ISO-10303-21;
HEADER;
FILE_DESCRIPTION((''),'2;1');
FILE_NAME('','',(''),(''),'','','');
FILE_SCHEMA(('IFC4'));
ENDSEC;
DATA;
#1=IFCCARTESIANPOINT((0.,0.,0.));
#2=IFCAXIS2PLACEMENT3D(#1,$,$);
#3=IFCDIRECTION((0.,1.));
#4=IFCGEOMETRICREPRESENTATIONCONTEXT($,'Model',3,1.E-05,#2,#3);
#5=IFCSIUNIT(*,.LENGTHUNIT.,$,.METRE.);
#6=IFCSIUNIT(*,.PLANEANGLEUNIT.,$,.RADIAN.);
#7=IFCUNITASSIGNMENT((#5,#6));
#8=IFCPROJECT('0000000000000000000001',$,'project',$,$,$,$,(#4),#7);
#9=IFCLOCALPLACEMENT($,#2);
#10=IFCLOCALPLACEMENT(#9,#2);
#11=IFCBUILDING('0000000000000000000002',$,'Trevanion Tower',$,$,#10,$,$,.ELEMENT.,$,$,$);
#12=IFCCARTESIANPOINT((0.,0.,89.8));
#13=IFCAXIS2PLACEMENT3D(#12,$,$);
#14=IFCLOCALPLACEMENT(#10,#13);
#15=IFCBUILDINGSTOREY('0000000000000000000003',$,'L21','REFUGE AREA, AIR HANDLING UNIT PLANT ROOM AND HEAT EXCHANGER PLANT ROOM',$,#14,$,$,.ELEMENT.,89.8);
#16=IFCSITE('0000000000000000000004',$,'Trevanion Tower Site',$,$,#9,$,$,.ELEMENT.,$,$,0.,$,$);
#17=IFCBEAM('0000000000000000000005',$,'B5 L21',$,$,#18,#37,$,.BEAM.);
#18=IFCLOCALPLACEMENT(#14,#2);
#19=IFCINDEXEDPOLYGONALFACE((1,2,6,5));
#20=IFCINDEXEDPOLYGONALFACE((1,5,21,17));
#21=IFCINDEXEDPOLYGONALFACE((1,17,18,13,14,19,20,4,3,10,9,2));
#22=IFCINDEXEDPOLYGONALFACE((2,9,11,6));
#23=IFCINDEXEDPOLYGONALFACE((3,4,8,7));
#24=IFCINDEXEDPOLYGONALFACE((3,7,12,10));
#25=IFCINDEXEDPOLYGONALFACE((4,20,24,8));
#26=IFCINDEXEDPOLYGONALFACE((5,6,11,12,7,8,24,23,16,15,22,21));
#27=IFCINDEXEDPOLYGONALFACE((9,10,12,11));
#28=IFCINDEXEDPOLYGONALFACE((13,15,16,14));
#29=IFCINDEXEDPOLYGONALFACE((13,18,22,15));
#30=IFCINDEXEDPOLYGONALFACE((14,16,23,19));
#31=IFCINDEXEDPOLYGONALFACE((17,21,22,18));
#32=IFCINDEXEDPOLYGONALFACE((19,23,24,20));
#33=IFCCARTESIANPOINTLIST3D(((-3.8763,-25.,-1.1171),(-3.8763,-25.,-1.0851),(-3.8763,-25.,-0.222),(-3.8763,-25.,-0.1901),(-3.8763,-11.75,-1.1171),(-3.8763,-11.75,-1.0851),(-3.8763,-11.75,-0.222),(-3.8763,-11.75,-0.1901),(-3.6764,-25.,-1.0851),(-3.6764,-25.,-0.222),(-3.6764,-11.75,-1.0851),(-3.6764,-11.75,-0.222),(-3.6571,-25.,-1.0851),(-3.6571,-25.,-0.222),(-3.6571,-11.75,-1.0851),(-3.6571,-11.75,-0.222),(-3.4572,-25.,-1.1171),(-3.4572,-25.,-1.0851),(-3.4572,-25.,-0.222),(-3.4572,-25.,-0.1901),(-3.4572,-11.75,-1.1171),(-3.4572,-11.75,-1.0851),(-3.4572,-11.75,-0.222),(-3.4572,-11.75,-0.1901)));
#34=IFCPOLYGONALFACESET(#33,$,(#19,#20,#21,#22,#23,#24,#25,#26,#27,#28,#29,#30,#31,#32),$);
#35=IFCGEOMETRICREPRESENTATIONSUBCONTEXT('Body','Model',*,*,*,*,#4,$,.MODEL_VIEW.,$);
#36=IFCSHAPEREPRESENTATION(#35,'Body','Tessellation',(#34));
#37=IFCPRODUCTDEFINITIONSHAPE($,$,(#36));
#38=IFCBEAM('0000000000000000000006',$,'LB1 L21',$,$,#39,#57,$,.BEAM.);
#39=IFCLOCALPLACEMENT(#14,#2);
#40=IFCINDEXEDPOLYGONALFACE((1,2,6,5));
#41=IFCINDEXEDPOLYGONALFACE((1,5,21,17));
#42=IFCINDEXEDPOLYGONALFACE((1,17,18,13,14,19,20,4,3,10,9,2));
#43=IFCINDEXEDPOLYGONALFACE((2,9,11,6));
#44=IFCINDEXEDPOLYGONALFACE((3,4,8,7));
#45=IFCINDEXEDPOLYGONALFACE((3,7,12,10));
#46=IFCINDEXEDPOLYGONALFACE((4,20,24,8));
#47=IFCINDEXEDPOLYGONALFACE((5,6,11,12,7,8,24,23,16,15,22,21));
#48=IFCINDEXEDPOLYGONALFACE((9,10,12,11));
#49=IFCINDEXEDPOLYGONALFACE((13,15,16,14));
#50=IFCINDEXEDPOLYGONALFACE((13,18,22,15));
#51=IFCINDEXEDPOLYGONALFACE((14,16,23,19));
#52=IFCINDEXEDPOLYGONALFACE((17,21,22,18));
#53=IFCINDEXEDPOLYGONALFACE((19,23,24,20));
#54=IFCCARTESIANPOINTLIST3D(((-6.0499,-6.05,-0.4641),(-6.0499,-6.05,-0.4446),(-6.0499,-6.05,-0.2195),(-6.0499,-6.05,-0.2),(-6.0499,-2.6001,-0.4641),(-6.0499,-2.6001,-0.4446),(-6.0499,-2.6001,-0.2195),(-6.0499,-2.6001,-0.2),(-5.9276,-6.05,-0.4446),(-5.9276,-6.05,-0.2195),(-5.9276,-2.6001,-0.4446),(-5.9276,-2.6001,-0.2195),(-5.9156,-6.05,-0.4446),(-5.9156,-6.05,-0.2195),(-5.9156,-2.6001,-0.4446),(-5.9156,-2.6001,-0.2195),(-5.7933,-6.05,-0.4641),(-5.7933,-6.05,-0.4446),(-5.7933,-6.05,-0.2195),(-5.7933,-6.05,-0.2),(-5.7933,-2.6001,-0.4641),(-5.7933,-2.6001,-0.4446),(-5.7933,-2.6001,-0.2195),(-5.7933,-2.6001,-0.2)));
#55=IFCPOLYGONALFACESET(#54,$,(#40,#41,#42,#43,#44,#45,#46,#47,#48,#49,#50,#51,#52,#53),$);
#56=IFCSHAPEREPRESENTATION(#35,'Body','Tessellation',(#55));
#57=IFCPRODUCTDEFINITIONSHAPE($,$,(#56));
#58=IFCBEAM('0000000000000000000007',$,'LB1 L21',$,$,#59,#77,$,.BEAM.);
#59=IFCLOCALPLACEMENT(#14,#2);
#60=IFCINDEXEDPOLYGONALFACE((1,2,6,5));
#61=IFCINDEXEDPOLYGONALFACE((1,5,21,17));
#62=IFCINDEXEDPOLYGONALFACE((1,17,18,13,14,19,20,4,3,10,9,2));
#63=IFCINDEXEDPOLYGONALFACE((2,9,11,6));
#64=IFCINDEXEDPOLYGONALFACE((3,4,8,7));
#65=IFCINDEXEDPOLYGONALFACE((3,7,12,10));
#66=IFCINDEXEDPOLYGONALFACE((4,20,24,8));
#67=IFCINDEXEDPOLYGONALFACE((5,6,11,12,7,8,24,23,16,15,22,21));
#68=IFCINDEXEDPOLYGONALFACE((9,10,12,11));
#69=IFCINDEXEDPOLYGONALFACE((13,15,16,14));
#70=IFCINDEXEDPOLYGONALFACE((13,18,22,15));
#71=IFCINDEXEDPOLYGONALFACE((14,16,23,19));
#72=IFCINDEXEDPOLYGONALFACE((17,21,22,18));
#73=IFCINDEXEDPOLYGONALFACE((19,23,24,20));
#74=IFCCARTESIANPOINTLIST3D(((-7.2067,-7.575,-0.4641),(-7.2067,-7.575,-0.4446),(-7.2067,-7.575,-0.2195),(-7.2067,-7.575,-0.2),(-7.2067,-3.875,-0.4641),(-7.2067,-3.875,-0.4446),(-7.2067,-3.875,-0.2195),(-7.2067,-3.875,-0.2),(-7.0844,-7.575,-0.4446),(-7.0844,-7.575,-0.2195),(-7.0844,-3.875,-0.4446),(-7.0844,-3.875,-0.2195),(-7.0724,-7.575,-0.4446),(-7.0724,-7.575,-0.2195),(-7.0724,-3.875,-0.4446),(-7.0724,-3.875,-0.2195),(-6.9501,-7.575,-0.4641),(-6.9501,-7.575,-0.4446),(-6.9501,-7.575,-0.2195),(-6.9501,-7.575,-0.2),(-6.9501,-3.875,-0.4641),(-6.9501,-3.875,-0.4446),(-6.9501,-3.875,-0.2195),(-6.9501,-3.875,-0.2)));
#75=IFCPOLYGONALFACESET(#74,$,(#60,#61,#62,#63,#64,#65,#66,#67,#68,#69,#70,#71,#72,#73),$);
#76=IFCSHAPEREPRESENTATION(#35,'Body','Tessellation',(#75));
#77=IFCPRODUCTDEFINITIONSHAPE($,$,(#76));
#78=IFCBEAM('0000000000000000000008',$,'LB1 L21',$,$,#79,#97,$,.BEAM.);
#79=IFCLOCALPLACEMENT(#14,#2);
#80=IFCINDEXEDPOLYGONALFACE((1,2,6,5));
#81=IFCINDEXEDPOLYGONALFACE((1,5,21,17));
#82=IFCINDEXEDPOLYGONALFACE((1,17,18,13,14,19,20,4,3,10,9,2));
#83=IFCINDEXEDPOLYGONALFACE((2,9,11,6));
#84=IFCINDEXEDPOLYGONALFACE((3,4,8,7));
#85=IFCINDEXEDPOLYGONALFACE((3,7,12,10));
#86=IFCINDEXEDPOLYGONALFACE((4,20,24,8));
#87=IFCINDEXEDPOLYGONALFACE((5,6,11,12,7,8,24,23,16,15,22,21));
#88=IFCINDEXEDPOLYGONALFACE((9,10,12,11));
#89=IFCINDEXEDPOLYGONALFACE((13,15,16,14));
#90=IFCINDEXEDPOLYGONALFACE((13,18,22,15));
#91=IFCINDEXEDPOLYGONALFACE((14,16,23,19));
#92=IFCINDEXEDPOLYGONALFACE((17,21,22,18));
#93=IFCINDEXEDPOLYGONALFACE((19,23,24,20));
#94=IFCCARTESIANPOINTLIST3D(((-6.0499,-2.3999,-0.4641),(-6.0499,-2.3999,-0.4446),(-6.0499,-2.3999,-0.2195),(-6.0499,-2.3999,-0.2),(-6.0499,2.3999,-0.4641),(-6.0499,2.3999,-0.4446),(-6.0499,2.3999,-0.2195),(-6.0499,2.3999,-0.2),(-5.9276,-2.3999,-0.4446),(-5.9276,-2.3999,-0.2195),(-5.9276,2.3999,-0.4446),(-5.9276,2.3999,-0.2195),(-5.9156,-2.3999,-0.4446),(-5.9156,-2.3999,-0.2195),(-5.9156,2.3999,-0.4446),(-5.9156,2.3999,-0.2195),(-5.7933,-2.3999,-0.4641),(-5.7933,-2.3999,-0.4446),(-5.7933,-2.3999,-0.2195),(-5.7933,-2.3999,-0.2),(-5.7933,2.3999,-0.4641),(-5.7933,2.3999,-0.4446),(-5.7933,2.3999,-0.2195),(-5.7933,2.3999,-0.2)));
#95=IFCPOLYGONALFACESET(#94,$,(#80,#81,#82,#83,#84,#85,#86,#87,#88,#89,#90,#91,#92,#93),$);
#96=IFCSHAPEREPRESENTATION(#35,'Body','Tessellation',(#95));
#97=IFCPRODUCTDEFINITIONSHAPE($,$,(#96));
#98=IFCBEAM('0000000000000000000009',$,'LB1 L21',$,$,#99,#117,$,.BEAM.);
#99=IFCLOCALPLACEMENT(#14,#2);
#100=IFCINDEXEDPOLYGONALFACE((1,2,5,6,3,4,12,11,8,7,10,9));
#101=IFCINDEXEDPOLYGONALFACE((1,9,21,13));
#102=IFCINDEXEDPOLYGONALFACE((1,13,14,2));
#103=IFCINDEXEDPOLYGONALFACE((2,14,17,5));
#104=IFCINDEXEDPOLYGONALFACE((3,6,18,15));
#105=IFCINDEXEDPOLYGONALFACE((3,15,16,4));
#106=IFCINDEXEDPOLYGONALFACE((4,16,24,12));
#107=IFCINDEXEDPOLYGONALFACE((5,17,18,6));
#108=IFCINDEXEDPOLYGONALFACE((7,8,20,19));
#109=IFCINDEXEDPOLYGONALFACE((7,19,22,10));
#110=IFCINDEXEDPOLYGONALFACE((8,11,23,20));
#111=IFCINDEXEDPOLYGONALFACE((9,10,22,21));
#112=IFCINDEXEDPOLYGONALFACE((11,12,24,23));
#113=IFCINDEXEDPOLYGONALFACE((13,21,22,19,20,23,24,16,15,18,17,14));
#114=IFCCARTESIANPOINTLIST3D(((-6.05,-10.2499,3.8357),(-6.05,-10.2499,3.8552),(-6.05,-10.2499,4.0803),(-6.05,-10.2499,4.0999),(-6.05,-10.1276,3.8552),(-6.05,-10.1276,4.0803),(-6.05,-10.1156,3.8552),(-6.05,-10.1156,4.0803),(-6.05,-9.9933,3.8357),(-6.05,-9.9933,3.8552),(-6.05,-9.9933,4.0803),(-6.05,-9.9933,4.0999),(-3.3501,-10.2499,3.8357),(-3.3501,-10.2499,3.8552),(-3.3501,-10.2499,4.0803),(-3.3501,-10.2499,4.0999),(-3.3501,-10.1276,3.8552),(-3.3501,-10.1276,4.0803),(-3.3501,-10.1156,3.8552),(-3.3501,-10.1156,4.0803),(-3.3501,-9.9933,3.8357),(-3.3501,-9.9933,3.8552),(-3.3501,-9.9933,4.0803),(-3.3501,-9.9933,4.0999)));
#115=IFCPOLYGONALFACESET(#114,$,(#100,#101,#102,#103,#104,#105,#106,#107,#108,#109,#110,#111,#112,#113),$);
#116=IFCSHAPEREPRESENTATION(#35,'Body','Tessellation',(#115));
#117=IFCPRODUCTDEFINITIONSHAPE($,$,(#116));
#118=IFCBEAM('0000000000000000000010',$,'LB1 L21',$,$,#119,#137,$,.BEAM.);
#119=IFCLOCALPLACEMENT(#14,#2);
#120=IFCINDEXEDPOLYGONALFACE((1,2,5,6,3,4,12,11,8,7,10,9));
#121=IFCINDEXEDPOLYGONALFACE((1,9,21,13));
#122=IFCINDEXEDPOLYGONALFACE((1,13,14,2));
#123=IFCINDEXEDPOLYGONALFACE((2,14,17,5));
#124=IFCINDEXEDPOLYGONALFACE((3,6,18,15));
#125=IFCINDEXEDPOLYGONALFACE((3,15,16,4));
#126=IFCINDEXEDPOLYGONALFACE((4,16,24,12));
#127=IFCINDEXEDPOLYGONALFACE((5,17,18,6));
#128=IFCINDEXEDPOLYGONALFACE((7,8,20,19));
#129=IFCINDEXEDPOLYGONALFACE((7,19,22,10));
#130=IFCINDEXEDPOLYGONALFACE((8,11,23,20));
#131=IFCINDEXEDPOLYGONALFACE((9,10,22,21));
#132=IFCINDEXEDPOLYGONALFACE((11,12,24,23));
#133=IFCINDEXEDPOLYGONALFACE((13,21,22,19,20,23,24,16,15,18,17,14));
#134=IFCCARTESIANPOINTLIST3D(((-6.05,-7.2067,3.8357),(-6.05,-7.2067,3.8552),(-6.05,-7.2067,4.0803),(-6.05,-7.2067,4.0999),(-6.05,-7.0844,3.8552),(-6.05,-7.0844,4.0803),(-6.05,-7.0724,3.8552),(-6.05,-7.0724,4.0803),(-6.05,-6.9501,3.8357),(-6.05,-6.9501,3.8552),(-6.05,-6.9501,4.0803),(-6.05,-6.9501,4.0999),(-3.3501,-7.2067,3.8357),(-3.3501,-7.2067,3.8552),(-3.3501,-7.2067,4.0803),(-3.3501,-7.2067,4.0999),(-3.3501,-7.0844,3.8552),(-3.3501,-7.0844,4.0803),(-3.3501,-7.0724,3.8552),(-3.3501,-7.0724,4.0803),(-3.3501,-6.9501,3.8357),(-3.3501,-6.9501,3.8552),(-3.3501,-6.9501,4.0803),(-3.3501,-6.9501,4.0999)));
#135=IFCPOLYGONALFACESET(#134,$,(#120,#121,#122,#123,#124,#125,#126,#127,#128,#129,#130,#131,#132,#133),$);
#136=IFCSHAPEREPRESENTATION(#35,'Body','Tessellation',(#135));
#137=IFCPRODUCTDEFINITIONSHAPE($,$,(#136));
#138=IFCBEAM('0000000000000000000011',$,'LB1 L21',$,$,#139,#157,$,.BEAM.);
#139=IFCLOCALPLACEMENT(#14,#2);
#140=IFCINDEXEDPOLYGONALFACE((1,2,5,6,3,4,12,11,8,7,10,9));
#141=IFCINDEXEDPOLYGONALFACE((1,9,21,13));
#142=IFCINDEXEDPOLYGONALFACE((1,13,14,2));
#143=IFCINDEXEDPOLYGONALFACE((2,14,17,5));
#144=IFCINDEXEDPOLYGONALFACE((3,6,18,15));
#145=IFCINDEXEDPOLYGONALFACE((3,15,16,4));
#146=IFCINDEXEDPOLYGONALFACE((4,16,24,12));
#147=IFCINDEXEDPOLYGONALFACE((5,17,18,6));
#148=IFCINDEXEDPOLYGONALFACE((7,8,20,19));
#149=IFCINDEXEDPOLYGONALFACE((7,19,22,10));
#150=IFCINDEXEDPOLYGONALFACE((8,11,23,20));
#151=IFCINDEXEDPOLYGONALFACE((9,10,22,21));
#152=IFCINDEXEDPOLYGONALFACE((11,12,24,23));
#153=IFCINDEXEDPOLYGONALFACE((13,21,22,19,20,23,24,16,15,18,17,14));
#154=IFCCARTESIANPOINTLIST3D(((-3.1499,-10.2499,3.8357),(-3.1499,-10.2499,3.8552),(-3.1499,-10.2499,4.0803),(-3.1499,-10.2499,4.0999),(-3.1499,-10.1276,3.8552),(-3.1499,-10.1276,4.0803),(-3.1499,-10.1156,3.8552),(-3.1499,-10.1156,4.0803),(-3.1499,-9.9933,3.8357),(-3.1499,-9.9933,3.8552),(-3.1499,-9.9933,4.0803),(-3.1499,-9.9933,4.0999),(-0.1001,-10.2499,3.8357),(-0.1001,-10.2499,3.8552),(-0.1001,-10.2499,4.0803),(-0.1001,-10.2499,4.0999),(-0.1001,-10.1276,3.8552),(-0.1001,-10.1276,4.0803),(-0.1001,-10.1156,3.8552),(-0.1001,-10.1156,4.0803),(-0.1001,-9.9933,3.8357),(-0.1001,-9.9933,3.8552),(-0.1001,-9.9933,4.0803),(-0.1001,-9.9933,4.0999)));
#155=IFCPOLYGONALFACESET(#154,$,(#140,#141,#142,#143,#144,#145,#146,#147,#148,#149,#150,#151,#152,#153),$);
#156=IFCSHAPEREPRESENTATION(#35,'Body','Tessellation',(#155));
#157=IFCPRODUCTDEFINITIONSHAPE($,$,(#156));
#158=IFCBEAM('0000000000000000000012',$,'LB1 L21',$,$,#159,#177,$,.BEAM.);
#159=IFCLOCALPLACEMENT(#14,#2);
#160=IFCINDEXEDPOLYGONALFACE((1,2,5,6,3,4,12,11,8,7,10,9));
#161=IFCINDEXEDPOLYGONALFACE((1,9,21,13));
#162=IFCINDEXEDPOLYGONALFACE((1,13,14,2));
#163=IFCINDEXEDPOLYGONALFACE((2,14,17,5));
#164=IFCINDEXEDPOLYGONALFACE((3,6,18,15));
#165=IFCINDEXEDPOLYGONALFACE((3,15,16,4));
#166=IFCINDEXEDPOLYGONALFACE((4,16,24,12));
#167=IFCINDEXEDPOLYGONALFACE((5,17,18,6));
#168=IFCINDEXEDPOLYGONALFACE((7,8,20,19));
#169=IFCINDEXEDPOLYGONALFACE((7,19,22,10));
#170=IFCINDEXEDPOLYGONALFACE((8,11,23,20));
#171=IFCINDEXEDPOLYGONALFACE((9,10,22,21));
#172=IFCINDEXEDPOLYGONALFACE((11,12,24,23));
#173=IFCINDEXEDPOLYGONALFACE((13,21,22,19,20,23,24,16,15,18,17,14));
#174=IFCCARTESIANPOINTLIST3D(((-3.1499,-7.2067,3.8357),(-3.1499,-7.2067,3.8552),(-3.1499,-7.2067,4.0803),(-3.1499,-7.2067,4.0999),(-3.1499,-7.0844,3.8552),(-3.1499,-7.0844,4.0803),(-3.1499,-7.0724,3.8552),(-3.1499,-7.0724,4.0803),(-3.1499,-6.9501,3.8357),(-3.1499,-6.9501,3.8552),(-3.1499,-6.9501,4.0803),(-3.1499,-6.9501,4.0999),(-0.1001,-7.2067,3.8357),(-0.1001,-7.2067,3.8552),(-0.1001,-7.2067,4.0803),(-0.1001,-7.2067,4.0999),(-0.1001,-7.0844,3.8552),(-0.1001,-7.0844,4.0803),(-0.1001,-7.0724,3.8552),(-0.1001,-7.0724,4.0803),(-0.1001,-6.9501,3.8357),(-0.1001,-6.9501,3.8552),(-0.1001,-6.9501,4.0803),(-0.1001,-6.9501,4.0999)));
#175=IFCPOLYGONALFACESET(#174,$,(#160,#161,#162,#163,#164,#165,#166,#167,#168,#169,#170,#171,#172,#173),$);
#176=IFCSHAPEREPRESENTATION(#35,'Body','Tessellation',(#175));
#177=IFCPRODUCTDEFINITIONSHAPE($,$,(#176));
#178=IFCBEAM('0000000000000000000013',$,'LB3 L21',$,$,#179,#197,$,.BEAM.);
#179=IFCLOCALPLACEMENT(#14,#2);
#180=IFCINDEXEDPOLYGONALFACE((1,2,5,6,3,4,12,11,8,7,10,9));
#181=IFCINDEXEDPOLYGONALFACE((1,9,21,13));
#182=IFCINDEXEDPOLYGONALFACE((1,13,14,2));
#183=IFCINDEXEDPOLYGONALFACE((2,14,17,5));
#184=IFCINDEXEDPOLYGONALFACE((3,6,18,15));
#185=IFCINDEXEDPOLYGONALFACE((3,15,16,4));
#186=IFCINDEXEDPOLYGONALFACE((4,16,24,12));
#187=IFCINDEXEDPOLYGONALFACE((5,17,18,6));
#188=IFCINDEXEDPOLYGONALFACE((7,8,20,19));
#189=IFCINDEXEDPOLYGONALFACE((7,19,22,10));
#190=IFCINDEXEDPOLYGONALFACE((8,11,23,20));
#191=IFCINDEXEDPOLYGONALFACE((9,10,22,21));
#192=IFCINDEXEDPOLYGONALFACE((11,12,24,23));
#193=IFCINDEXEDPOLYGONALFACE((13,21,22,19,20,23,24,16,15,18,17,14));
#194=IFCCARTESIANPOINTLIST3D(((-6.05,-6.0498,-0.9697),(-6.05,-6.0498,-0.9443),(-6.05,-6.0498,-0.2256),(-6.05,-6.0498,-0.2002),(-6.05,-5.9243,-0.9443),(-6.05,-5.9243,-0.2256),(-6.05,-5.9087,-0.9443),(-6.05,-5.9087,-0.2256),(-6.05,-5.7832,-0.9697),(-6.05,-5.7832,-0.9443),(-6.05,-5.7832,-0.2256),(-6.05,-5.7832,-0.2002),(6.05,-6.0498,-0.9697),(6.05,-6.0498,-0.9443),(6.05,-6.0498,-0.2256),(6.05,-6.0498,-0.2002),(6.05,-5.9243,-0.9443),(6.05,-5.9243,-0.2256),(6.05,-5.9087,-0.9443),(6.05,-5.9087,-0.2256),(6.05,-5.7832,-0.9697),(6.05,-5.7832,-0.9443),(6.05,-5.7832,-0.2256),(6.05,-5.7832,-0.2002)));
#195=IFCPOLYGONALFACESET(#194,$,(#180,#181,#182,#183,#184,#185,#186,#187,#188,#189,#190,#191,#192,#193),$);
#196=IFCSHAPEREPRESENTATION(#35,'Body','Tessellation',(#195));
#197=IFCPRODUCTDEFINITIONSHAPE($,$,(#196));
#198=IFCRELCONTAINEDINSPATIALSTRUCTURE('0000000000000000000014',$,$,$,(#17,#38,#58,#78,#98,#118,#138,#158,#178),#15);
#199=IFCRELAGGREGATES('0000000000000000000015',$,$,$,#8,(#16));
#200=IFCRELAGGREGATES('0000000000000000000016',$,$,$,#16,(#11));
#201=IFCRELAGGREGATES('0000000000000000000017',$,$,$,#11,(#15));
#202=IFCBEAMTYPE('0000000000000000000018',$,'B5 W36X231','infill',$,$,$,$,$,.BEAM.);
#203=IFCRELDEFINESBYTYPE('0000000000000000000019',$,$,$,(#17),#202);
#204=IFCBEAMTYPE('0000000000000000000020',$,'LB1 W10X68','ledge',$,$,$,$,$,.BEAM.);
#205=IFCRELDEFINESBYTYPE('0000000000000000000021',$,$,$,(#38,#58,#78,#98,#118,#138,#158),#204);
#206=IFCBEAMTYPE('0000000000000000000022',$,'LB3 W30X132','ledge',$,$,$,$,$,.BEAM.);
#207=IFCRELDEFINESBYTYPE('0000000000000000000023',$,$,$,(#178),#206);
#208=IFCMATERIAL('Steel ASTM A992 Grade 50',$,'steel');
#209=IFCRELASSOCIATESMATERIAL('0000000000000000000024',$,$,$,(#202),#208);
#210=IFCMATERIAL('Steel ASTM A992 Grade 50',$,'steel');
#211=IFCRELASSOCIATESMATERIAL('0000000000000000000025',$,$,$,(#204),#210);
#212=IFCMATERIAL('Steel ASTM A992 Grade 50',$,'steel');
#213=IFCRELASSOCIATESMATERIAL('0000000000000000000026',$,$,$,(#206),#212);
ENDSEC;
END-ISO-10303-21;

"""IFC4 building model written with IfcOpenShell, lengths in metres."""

from ifc_helpers import new_model, si_unit, direction, frame, origin, origin_2d, place, context, subcontext, project, spatial, i_section, extrude, material, material_profile, profile_set, type_object, element, save


model = new_model("IFC4")

# Units and contexts
model_context = context("Model", 3, precision=1e-05, world=origin(), true_north=direction((0.0, 1.0)))
body_context = subcontext(model_context, "Body", "Model", "MODEL_VIEW")
ifc_project = project(units=[si_unit("LENGTHUNIT", "METRE"), si_unit("PLANEANGLEUNIT", "RADIAN")], contexts=[model_context])

# Site, building, storey
site_placement = place(None, origin())
site = spatial("IfcSite", under=ifc_project, at=site_placement, Name="Trevanion Tower Site", CompositionType="ELEMENT", RefElevation=0.0)
building_placement = place(site_placement, origin())
building = spatial("IfcBuilding", under=site, at=building_placement, Name="Trevanion Tower", CompositionType="ELEMENT")
storey_placement = place(building_placement, frame((0.0, 0.0, 89.8)))
storey = spatial("IfcBuildingStorey", under=building, at=storey_placement, Name="L21", Description="REFUGE AREA, AIR HANDLING UNIT PLANT ROOM AND HEAT EXCHANGER PLANT ROOM", CompositionType="ELEMENT", Elevation=89.8)

# Beams
ifc_material_1 = material(Name="Steel ASTM A992 Grade 50", Category="steel")
ifc_material_profile_1 = material_profile(ifc_material_1, i_section(OverallWidth=0.4192, OverallDepth=0.927, WebThickness=0.0193, FlangeThickness=0.032, at=origin_2d()), Name="W36X231")
ifc_profile_set_1 = profile_set([ifc_material_profile_1], Name="Steel ASTM A992 Grade 50")
beam_type_1 = type_object("IfcBeamType", Name="B5 W36X231", Description="infill", PredefinedType="BEAM", material=ifc_profile_set_1)
beam_1_placement = place(storey_placement, frame((-3.6667, -11.75, -0.6536), z_axis=(0.0, -1.0, 0.0), x_axis=(1.0, 0.0, 0.0)))
element("IfcBeam", 1, at=beam_1_placement, inside=storey, type_object=beam_type_1, Name="B5 L21", PredefinedType="BEAM", context=body_context, shape_type="SweptSolid", body=[
    extrude(i_section(OverallWidth=0.4192, OverallDepth=0.927, WebThickness=0.0193, FlangeThickness=0.032, at=origin_2d()), origin(), (0.0, 0.0, 1.0), 13.25),
])
ifc_material_2 = material(Name="Steel ASTM A992 Grade 50", Category="steel")
ifc_material_profile_2 = material_profile(ifc_material_2, i_section(OverallWidth=0.2566, OverallDepth=0.2642, WebThickness=0.012, FlangeThickness=0.0195, at=origin_2d()), Name="W10X68")
ifc_profile_set_2 = profile_set([ifc_material_profile_2], Name="Steel ASTM A992 Grade 50")
beam_type_2 = type_object("IfcBeamType", Name="LB1 W10X68", Description="ledge", PredefinedType="BEAM", material=ifc_profile_set_2)
beam_2_placement = place(storey_placement, frame((-5.9216, -6.05, -0.332), z_axis=(0.0, 1.0, 0.0), x_axis=(-1.0, 0.0, 0.0)))
element("IfcBeam", 2, at=beam_2_placement, inside=storey, type_object=beam_type_2, Name="LB1 L21", PredefinedType="BEAM", context=body_context, shape_type="SweptSolid", body=[
    extrude(i_section(OverallWidth=0.2566, OverallDepth=0.2642, WebThickness=0.012, FlangeThickness=0.0195, at=origin_2d()), origin(), (0.0, 0.0, 1.0), 3.45),
])
beam_3_placement = place(storey_placement, frame((-7.0784, -7.575, -0.332), z_axis=(0.0, 1.0, 0.0), x_axis=(-1.0, 0.0, 0.0)))
element("IfcBeam", 3, at=beam_3_placement, inside=storey, type_object=beam_type_2, Name="LB1 L21", PredefinedType="BEAM", context=body_context, shape_type="SweptSolid", body=[
    extrude(i_section(OverallWidth=0.2566, OverallDepth=0.2642, WebThickness=0.012, FlangeThickness=0.0195, at=origin_2d()), origin(), (0.0, 0.0, 1.0), 3.7),
])
beam_4_placement = place(storey_placement, frame((-5.9216, -2.3999, -0.332), z_axis=(0.0, 1.0, 0.0), x_axis=(-1.0, 0.0, 0.0)))
element("IfcBeam", 4, at=beam_4_placement, inside=storey, type_object=beam_type_2, Name="LB1 L21", PredefinedType="BEAM", context=body_context, shape_type="SweptSolid", body=[
    extrude(i_section(OverallWidth=0.2566, OverallDepth=0.2642, WebThickness=0.012, FlangeThickness=0.0195, at=origin_2d()), origin(), (0.0, 0.0, 1.0), 4.7998),
])
for number, where, z_axis, x_axis, name in (
    (5, (-6.05, -10.1216, 3.9678), (1.0, 0.0, 0.0), (0.0, 1.0, 0.0), "LB1 L21"),
    (6, (-6.05, -7.0784, 3.9678), (1.0, 0.0, 0.0), (0.0, 1.0, 0.0), "LB1 L21"),
):
    element("IfcBeam", number, at=place(storey_placement, frame(where, z_axis=z_axis, x_axis=x_axis)), inside=storey, type_object=beam_type_2, Name=name, PredefinedType="BEAM", context=body_context, shape_type="SweptSolid", body=[
        extrude(i_section(OverallWidth=0.2566, OverallDepth=0.2642, WebThickness=0.012, FlangeThickness=0.0195, at=origin_2d()), origin(), (0.0, 0.0, 1.0), 2.7),
    ])
for number, where, z_axis, x_axis, name in (
    (7, (-3.1499, -10.1216, 3.9678), (1.0, 0.0, 0.0), (0.0, 1.0, 0.0), "LB1 L21"),
    (8, (-3.1499, -7.0784, 3.9678), (1.0, 0.0, 0.0), (0.0, 1.0, 0.0), "LB1 L21"),
):
    element("IfcBeam", number, at=place(storey_placement, frame(where, z_axis=z_axis, x_axis=x_axis)), inside=storey, type_object=beam_type_2, Name=name, PredefinedType="BEAM", context=body_context, shape_type="SweptSolid", body=[
        extrude(i_section(OverallWidth=0.2566, OverallDepth=0.2642, WebThickness=0.012, FlangeThickness=0.0195, at=origin_2d()), origin(), (0.0, 0.0, 1.0), 3.0498),
    ])
ifc_material_3 = material(Name="Steel ASTM A992 Grade 50", Category="steel")
ifc_material_profile_3 = material_profile(ifc_material_3, i_section(OverallWidth=0.2666, OverallDepth=0.7695, WebThickness=0.0156, FlangeThickness=0.0254, at=origin_2d()), Name="W30X132")
ifc_profile_set_3 = profile_set([ifc_material_profile_3], Name="Steel ASTM A992 Grade 50")
beam_type_3 = type_object("IfcBeamType", Name="LB3 W30X132", Description="ledge", PredefinedType="BEAM", material=ifc_profile_set_3)
beam_5_placement = place(storey_placement, frame((-6.05, -5.9165, -0.585), z_axis=(1.0, 0.0, 0.0), x_axis=(0.0, 1.0, 0.0)))
element("IfcBeam", 9, at=beam_5_placement, inside=storey, type_object=beam_type_3, Name="LB3 L21", PredefinedType="BEAM", context=body_context, shape_type="SweptSolid", body=[
    extrude(i_section(OverallWidth=0.2666, OverallDepth=0.7695, WebThickness=0.0156, FlangeThickness=0.0254, at=origin_2d()), origin(), (0.0, 0.0, 1.0), 12.1001),
])

save(model, "model.ifc")
